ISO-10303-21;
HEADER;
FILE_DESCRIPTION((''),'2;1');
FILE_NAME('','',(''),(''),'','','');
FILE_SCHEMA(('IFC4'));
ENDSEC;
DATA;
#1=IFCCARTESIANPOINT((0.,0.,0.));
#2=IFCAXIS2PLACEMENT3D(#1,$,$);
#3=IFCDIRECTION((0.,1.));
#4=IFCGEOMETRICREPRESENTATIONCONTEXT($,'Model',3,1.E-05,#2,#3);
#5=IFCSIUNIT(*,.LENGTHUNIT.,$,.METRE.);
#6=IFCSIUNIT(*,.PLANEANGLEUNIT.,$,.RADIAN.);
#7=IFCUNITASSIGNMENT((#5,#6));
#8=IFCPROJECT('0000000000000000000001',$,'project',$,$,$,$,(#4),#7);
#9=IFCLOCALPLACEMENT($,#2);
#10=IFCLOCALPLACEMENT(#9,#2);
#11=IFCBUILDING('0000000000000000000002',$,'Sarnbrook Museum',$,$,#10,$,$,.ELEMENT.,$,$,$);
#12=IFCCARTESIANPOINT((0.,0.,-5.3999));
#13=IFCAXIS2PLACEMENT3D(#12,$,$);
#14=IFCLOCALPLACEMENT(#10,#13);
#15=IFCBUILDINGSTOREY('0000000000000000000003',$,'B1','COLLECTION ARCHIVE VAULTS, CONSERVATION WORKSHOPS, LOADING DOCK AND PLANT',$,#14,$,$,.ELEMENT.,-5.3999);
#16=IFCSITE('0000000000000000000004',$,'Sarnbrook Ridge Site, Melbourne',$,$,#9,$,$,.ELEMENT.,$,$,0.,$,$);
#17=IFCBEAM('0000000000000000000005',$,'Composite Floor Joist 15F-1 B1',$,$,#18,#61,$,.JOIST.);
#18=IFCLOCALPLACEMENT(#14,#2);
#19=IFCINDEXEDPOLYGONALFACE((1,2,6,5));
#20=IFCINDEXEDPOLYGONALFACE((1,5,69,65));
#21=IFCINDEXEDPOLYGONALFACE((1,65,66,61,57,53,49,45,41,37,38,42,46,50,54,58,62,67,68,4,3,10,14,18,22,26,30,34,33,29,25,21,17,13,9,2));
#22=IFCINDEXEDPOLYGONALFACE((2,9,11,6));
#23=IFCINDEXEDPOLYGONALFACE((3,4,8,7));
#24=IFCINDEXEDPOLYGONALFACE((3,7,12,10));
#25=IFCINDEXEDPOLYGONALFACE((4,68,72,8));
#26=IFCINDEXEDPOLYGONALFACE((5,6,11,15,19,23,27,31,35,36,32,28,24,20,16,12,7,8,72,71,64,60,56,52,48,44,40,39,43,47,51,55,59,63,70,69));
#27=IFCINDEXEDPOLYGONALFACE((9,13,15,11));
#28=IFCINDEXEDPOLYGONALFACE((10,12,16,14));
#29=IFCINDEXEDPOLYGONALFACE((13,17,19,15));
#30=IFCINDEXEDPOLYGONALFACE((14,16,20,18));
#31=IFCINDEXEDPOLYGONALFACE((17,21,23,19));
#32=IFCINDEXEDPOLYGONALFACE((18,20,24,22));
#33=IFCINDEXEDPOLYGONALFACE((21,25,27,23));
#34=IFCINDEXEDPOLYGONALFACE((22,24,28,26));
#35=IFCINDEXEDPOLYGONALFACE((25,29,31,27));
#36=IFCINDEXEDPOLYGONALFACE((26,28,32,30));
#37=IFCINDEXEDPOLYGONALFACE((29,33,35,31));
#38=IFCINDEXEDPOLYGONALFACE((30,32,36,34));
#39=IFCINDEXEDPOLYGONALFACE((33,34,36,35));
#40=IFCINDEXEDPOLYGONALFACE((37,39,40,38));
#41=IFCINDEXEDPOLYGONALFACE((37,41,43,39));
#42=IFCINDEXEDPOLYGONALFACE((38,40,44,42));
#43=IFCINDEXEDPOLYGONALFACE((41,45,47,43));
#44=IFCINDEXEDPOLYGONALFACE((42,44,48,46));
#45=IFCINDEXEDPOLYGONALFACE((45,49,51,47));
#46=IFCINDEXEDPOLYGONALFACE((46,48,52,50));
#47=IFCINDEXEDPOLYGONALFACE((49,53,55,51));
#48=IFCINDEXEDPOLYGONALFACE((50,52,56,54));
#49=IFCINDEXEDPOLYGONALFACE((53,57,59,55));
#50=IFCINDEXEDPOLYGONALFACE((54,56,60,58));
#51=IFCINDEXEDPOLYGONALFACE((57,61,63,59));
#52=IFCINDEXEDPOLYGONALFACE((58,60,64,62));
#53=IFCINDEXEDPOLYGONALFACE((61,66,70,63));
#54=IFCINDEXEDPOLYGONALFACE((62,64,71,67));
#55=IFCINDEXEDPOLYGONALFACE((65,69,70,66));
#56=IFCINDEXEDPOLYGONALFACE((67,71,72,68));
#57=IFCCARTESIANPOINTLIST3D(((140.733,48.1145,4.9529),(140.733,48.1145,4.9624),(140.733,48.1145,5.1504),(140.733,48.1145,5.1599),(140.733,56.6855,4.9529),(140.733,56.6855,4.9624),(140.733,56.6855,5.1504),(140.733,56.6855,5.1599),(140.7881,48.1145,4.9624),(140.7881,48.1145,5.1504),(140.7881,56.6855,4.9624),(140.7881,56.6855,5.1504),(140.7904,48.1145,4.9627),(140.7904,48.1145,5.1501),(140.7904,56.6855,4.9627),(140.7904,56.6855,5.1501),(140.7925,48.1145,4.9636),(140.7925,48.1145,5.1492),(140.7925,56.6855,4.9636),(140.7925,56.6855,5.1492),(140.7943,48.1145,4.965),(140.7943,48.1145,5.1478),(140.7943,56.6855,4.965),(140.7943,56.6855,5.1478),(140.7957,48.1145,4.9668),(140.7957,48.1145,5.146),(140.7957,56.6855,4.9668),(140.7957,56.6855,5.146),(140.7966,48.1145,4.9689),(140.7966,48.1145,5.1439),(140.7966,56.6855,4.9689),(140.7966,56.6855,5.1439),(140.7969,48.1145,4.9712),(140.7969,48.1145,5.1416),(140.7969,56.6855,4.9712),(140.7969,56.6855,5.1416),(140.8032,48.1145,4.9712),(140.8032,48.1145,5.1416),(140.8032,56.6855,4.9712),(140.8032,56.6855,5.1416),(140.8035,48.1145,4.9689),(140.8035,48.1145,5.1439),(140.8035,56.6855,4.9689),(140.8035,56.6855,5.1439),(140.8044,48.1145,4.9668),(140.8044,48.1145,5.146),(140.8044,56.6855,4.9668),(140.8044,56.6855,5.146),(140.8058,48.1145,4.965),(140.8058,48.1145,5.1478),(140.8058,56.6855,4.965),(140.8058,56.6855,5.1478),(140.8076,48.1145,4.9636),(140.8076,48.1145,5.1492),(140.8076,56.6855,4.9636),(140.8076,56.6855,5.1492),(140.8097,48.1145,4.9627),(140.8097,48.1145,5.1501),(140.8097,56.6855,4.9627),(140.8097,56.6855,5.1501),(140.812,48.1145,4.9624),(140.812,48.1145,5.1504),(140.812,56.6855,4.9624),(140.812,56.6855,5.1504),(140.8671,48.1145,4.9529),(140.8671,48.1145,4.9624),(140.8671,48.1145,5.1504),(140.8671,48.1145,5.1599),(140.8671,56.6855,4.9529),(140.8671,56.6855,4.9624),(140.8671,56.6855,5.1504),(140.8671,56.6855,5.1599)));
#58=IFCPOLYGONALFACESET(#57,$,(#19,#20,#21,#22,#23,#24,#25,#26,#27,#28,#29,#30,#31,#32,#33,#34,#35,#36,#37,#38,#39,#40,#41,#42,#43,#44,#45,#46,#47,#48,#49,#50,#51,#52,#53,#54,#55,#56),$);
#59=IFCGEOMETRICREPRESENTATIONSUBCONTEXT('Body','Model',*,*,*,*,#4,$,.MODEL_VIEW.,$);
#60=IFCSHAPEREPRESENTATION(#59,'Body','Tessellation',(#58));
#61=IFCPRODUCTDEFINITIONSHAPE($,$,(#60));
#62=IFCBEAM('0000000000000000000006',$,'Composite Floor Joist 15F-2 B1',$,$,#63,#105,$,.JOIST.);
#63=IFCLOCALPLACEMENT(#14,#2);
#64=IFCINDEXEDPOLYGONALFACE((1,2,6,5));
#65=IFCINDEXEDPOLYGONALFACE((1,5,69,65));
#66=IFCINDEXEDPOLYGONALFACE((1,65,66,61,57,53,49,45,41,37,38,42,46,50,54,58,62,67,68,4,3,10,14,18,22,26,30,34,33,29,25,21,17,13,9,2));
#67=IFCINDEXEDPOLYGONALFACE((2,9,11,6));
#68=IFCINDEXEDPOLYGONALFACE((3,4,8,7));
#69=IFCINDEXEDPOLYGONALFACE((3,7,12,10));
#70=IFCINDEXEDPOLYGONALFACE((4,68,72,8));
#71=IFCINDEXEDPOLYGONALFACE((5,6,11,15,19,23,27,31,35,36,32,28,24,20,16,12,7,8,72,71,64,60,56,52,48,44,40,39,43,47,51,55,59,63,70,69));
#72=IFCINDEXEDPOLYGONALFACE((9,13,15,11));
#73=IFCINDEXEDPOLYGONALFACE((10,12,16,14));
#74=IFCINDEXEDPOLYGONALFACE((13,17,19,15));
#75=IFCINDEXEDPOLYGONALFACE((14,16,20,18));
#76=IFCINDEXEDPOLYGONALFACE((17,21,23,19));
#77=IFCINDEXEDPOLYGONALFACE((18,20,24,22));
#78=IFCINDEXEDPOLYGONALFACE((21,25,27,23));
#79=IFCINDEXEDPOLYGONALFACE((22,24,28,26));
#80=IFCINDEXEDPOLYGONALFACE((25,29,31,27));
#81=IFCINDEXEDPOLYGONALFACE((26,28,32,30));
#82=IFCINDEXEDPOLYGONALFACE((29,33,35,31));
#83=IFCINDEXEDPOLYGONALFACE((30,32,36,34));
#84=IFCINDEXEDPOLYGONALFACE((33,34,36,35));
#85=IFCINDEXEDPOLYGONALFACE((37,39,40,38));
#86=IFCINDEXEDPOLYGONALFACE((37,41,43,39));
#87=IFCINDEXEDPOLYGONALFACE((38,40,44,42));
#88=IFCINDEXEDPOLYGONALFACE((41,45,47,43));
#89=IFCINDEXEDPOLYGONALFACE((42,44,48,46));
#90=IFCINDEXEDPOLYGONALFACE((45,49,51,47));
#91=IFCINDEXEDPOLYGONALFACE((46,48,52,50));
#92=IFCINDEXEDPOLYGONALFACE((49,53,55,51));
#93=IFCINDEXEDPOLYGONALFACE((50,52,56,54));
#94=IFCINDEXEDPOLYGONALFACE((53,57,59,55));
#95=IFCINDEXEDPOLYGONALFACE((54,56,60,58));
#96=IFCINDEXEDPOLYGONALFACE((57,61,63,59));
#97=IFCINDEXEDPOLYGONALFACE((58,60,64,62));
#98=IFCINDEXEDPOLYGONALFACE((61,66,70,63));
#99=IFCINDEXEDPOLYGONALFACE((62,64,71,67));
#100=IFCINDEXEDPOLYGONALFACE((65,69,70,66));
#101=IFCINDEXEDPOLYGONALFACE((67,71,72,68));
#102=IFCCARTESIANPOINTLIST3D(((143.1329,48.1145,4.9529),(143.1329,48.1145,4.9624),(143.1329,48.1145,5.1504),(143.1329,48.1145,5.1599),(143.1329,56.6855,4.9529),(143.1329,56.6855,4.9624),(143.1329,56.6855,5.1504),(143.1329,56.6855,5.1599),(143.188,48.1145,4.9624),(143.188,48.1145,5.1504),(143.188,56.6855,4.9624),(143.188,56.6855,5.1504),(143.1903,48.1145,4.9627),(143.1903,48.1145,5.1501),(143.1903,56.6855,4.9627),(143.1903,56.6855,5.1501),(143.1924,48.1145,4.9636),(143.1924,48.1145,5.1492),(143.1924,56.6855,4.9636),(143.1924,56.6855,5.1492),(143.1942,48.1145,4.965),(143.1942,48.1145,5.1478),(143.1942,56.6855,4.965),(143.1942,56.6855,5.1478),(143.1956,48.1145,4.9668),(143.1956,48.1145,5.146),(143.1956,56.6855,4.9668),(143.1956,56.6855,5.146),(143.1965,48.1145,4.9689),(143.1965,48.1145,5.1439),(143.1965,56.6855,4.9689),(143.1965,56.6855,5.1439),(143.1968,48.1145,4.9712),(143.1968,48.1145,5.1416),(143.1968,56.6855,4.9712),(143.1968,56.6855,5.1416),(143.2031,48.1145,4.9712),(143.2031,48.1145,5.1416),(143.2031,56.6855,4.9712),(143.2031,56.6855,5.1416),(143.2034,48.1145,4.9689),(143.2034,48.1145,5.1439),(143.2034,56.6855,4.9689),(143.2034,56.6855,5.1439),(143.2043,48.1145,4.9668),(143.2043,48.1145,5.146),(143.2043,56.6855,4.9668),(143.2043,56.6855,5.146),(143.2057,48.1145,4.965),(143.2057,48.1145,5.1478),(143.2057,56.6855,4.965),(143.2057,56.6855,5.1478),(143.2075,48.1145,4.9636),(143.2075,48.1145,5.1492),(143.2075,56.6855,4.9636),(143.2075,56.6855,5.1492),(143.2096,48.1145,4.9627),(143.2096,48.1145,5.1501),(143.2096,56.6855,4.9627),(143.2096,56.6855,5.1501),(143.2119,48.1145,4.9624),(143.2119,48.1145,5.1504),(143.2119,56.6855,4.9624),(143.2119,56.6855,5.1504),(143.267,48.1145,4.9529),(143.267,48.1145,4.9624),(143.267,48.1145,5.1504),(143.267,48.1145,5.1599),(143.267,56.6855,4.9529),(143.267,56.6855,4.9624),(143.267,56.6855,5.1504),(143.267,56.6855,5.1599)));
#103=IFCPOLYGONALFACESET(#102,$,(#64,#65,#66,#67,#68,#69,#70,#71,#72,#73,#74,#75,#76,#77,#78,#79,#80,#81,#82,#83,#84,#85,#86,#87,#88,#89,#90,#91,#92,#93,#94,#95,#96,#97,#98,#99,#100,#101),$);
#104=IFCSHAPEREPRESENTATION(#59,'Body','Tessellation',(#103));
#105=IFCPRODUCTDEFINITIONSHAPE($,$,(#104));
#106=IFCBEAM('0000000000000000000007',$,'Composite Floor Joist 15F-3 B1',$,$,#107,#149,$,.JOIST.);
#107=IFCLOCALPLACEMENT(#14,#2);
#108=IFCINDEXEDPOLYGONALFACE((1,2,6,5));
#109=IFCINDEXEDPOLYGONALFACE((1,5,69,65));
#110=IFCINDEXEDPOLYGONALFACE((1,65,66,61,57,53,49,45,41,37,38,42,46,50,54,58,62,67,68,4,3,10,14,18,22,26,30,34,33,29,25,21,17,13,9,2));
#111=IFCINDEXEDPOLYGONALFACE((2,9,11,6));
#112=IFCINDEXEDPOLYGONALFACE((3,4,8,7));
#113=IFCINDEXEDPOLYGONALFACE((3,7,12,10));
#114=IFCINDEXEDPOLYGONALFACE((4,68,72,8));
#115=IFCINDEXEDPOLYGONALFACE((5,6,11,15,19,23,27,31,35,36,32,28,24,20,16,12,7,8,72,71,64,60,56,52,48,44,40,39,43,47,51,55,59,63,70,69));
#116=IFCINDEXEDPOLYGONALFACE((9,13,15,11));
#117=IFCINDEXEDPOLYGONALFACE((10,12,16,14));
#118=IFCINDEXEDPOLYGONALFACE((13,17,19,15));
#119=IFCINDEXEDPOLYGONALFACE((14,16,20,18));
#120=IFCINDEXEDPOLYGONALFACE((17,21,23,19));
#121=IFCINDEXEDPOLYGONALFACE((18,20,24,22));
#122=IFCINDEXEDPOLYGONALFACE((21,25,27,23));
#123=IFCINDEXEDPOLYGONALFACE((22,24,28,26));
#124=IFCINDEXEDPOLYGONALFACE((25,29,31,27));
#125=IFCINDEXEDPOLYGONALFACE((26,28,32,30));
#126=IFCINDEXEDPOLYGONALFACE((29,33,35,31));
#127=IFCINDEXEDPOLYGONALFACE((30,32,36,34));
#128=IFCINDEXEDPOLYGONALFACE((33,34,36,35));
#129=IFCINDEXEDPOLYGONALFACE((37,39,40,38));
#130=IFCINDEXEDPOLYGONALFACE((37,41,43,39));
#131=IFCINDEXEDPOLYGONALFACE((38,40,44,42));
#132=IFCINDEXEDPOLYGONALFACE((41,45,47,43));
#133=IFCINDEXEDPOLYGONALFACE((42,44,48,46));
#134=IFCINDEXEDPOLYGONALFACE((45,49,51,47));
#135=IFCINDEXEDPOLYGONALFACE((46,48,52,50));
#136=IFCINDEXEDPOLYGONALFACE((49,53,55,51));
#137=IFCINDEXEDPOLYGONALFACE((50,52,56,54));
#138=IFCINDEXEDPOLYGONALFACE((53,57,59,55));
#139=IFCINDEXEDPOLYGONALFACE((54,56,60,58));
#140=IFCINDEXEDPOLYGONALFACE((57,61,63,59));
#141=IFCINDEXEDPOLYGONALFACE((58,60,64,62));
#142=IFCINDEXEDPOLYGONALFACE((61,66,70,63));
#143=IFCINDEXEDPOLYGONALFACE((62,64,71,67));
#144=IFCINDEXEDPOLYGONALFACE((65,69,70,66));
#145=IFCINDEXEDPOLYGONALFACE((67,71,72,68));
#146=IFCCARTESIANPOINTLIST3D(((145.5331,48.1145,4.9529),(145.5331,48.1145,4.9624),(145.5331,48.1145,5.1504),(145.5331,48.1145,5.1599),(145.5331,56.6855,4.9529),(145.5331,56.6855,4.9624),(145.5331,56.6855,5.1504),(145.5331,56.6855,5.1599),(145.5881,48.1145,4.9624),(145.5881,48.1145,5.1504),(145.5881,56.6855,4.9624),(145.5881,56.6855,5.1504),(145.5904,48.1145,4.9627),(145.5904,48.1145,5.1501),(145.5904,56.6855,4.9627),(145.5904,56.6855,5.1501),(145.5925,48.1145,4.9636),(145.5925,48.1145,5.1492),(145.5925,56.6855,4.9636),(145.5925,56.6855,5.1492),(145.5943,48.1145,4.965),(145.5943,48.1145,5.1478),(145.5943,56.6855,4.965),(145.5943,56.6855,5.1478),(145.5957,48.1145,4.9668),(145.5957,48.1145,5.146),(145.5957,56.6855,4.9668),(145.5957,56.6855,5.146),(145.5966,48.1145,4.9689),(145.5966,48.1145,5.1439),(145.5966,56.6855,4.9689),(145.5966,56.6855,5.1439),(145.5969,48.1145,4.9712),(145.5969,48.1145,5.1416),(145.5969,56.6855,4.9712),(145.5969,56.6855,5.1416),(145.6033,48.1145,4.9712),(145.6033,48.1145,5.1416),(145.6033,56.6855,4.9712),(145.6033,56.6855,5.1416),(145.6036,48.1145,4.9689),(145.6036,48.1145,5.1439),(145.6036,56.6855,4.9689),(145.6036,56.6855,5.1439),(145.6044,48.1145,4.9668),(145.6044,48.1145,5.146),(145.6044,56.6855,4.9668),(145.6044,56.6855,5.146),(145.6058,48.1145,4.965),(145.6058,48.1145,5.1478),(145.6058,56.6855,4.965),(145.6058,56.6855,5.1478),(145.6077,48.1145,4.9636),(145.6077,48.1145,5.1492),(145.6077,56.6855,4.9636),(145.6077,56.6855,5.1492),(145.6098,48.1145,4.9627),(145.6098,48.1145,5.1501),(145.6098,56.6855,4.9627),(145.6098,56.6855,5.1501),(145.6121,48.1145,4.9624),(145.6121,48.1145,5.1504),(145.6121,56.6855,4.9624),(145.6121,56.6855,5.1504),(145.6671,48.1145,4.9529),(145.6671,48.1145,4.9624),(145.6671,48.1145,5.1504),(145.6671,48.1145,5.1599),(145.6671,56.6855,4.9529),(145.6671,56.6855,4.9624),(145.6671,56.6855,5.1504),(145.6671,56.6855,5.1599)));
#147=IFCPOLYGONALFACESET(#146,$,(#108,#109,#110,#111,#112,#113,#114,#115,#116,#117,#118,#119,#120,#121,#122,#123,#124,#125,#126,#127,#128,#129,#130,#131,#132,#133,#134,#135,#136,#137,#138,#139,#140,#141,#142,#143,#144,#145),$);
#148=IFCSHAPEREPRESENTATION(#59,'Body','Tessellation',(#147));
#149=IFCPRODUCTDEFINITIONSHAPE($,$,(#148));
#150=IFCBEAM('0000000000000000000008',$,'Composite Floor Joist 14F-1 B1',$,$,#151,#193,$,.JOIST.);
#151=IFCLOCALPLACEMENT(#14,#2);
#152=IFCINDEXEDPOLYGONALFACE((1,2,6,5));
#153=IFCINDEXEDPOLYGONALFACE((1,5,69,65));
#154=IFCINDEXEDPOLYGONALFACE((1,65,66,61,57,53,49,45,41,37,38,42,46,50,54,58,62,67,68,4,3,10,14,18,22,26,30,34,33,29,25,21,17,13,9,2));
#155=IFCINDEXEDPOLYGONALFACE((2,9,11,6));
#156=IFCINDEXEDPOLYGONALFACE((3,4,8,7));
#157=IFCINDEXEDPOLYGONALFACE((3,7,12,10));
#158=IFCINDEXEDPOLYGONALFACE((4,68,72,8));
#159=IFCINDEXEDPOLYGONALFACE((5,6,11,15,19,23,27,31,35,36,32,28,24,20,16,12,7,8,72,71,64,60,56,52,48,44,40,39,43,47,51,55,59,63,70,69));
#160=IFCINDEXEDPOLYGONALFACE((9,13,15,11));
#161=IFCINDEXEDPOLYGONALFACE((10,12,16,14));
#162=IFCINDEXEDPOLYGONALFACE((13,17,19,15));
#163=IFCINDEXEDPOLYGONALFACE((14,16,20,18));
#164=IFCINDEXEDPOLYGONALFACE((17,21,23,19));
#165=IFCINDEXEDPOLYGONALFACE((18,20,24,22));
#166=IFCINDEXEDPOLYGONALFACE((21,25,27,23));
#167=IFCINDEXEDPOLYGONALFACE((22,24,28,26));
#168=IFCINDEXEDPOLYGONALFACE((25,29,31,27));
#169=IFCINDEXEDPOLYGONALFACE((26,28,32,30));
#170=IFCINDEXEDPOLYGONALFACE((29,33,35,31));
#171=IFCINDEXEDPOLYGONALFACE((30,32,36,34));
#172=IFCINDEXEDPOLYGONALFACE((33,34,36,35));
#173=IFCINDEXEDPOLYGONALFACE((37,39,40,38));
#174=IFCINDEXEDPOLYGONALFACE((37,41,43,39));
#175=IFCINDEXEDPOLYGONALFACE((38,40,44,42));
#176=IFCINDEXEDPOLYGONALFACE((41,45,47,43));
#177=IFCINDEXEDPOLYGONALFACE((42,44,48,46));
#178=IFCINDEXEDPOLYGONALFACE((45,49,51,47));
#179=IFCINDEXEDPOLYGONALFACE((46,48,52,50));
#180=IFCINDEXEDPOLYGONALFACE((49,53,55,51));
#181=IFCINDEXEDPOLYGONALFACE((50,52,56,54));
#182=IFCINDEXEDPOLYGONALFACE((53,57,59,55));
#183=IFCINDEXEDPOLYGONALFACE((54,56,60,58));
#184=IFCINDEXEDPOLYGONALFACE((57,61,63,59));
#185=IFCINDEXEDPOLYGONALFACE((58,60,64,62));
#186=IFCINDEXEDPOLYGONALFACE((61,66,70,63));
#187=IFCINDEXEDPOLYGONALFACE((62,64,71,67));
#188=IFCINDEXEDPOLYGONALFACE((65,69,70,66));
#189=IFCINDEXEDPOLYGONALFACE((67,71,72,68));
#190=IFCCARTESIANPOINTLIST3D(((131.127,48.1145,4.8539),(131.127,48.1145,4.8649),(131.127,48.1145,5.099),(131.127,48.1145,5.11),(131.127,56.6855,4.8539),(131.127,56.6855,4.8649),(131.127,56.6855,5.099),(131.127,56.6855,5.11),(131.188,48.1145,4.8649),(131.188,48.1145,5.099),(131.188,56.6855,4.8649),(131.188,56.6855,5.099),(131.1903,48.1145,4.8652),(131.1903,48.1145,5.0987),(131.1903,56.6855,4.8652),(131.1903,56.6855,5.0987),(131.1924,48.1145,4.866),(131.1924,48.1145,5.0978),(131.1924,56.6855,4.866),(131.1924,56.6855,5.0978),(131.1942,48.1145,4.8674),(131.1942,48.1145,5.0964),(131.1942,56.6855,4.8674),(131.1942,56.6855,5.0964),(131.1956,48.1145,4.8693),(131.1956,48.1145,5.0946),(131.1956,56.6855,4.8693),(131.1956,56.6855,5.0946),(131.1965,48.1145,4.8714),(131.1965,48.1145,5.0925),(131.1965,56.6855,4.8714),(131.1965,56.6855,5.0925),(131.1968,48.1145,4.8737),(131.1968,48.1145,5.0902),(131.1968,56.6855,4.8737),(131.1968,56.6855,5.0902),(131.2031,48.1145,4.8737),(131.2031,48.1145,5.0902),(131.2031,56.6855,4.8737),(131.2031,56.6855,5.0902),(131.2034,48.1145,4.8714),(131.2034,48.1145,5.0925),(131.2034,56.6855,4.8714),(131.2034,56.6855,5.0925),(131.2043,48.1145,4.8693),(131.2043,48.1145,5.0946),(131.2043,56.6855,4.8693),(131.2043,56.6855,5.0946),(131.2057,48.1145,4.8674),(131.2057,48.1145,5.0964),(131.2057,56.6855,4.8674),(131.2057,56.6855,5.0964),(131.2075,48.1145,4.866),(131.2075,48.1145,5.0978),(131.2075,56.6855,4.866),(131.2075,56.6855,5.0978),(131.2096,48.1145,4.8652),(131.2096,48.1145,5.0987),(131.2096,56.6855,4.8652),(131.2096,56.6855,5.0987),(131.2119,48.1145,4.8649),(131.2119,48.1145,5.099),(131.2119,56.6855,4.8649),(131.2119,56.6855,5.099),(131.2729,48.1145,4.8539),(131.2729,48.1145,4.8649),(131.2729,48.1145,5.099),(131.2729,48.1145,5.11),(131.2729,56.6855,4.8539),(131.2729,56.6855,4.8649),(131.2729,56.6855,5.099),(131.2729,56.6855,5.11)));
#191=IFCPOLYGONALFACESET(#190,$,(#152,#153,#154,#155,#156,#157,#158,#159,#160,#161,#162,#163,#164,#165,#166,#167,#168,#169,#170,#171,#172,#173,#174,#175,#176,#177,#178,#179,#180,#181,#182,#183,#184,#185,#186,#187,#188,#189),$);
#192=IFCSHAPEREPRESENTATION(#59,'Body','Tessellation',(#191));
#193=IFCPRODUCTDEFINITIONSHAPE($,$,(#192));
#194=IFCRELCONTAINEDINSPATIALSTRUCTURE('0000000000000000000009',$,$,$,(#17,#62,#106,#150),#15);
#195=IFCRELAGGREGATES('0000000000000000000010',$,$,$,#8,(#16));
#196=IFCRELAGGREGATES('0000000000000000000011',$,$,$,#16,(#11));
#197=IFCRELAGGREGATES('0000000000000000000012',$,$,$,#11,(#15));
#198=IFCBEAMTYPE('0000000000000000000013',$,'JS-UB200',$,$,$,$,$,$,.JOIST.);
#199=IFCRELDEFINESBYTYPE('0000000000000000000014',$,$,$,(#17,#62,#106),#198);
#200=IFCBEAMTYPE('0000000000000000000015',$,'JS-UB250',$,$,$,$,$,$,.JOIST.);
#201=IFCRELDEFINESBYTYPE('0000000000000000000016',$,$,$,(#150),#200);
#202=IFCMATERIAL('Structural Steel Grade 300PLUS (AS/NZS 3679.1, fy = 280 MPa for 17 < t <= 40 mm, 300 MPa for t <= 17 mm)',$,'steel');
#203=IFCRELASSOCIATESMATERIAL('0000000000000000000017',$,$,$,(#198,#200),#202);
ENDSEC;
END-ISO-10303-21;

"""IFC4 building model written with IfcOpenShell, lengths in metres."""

from ifc_helpers import new_model, si_unit, direction, frame, origin, origin_2d, place, context, subcontext, project, spatial, i_section, extrude, material, material_profile, profile_set, type_object, element, save


model = new_model("IFC4")

# Units and contexts
model_context = context("Model", 3, precision=1e-05, world=origin(), true_north=direction((0.0, 1.0)))
body_context = subcontext(model_context, "Body", "Model", "MODEL_VIEW")
ifc_project = project(units=[si_unit("LENGTHUNIT", "METRE"), si_unit("PLANEANGLEUNIT", "RADIAN")], contexts=[model_context])

# Site, building, storey
site_placement = place(None, origin())
site = spatial("IfcSite", under=ifc_project, at=site_placement, Name="Sarnbrook Ridge Site, Melbourne", CompositionType="ELEMENT", RefElevation=0.0)
building_placement = place(site_placement, origin())
building = spatial("IfcBuilding", under=site, at=building_placement, Name="Sarnbrook Museum", CompositionType="ELEMENT")
storey_placement = place(building_placement, frame((0.0, 0.0, -5.3999)))
storey = spatial("IfcBuildingStorey", under=building, at=storey_placement, Name="B1", Description="COLLECTION ARCHIVE VAULTS, CONSERVATION WORKSHOPS, LOADING DOCK AND PLANT", CompositionType="ELEMENT", Elevation=-5.3999)

# Beams
ifc_material_1 = material(Name="Structural Steel Grade 300PLUS (AS/NZS 3679.1, fy = 280 MPa for 17 < t <= 40 mm, 300 MPa for t <= 17 mm)", Category="steel")
ifc_material_profile_1 = material_profile(ifc_material_1, i_section(OverallWidth=0.134, OverallDepth=0.207, WebThickness=0.0063, FlangeThickness=0.0095, FilletRadius=0.0088, at=origin_2d()), Name="200UB29.8")
ifc_profile_set_1 = profile_set([ifc_material_profile_1], Name="Structural Steel Grade 300PLUS (AS/NZS 3679.1, fy = 280 MPa for 17 < t <= 40 mm, 300 MPa for t <= 17 mm)")
beam_type_1 = type_object("IfcBeamType", Name="JS-UB200", PredefinedType="JOIST", material=ifc_profile_set_1)
for number, where, z_axis, x_axis, name in (
    (1, (140.8, 48.1145, 5.0564), (0.0, 1.0, 0.0), (-1.0, 0.0, 0.0), "Composite Floor Joist 15F-1 B1"),
    (2, (143.2, 48.1145, 5.0564), (0.0, 1.0, 0.0), (-1.0, 0.0, 0.0), "Composite Floor Joist 15F-2 B1"),
    (3, (145.6001, 48.1145, 5.0564), (0.0, 1.0, 0.0), (-1.0, 0.0, 0.0), "Composite Floor Joist 15F-3 B1"),
):
    element("IfcBeam", number, at=place(storey_placement, frame(where, z_axis=z_axis, x_axis=x_axis)), inside=storey, type_object=beam_type_1, Name=name, PredefinedType="JOIST", context=body_context, shape_type="SweptSolid", body=[
        extrude(i_section(OverallWidth=0.134, OverallDepth=0.207, WebThickness=0.0063, FlangeThickness=0.0095, FilletRadius=0.0088, at=origin_2d()), origin(), (0.0, 0.0, 1.0), 8.571),
    ])
ifc_material_profile_2 = material_profile(ifc_material_1, i_section(OverallWidth=0.146, OverallDepth=0.2561, WebThickness=0.0063, FlangeThickness=0.011, FilletRadius=0.0088, at=origin_2d()), Name="250UB37.3")
ifc_profile_set_2 = profile_set([ifc_material_profile_2], Name="Structural Steel Grade 300PLUS (AS/NZS 3679.1, fy = 280 MPa for 17 < t <= 40 mm, 300 MPa for t <= 17 mm)")
beam_type_2 = type_object("IfcBeamType", Name="JS-UB250", PredefinedType="JOIST", material=ifc_profile_set_2)
for number, where, z_axis, x_axis, name in (
    (4, (131.2, 48.1145, 4.9819), (0.0, 1.0, 0.0), (-1.0, 0.0, 0.0), "Composite Floor Joist 14F-1 B1"),
):
    element("IfcBeam", number, at=place(storey_placement, frame(where, z_axis=z_axis, x_axis=x_axis)), inside=storey, type_object=beam_type_2, Name=name, PredefinedType="JOIST", context=body_context, shape_type="SweptSolid", body=[
        extrude(i_section(OverallWidth=0.146, OverallDepth=0.2561, WebThickness=0.0063, FlangeThickness=0.011, FilletRadius=0.0088, at=origin_2d()), origin(), (0.0, 0.0, 1.0), 8.571),
    ])

save(model, "model.ifc")
